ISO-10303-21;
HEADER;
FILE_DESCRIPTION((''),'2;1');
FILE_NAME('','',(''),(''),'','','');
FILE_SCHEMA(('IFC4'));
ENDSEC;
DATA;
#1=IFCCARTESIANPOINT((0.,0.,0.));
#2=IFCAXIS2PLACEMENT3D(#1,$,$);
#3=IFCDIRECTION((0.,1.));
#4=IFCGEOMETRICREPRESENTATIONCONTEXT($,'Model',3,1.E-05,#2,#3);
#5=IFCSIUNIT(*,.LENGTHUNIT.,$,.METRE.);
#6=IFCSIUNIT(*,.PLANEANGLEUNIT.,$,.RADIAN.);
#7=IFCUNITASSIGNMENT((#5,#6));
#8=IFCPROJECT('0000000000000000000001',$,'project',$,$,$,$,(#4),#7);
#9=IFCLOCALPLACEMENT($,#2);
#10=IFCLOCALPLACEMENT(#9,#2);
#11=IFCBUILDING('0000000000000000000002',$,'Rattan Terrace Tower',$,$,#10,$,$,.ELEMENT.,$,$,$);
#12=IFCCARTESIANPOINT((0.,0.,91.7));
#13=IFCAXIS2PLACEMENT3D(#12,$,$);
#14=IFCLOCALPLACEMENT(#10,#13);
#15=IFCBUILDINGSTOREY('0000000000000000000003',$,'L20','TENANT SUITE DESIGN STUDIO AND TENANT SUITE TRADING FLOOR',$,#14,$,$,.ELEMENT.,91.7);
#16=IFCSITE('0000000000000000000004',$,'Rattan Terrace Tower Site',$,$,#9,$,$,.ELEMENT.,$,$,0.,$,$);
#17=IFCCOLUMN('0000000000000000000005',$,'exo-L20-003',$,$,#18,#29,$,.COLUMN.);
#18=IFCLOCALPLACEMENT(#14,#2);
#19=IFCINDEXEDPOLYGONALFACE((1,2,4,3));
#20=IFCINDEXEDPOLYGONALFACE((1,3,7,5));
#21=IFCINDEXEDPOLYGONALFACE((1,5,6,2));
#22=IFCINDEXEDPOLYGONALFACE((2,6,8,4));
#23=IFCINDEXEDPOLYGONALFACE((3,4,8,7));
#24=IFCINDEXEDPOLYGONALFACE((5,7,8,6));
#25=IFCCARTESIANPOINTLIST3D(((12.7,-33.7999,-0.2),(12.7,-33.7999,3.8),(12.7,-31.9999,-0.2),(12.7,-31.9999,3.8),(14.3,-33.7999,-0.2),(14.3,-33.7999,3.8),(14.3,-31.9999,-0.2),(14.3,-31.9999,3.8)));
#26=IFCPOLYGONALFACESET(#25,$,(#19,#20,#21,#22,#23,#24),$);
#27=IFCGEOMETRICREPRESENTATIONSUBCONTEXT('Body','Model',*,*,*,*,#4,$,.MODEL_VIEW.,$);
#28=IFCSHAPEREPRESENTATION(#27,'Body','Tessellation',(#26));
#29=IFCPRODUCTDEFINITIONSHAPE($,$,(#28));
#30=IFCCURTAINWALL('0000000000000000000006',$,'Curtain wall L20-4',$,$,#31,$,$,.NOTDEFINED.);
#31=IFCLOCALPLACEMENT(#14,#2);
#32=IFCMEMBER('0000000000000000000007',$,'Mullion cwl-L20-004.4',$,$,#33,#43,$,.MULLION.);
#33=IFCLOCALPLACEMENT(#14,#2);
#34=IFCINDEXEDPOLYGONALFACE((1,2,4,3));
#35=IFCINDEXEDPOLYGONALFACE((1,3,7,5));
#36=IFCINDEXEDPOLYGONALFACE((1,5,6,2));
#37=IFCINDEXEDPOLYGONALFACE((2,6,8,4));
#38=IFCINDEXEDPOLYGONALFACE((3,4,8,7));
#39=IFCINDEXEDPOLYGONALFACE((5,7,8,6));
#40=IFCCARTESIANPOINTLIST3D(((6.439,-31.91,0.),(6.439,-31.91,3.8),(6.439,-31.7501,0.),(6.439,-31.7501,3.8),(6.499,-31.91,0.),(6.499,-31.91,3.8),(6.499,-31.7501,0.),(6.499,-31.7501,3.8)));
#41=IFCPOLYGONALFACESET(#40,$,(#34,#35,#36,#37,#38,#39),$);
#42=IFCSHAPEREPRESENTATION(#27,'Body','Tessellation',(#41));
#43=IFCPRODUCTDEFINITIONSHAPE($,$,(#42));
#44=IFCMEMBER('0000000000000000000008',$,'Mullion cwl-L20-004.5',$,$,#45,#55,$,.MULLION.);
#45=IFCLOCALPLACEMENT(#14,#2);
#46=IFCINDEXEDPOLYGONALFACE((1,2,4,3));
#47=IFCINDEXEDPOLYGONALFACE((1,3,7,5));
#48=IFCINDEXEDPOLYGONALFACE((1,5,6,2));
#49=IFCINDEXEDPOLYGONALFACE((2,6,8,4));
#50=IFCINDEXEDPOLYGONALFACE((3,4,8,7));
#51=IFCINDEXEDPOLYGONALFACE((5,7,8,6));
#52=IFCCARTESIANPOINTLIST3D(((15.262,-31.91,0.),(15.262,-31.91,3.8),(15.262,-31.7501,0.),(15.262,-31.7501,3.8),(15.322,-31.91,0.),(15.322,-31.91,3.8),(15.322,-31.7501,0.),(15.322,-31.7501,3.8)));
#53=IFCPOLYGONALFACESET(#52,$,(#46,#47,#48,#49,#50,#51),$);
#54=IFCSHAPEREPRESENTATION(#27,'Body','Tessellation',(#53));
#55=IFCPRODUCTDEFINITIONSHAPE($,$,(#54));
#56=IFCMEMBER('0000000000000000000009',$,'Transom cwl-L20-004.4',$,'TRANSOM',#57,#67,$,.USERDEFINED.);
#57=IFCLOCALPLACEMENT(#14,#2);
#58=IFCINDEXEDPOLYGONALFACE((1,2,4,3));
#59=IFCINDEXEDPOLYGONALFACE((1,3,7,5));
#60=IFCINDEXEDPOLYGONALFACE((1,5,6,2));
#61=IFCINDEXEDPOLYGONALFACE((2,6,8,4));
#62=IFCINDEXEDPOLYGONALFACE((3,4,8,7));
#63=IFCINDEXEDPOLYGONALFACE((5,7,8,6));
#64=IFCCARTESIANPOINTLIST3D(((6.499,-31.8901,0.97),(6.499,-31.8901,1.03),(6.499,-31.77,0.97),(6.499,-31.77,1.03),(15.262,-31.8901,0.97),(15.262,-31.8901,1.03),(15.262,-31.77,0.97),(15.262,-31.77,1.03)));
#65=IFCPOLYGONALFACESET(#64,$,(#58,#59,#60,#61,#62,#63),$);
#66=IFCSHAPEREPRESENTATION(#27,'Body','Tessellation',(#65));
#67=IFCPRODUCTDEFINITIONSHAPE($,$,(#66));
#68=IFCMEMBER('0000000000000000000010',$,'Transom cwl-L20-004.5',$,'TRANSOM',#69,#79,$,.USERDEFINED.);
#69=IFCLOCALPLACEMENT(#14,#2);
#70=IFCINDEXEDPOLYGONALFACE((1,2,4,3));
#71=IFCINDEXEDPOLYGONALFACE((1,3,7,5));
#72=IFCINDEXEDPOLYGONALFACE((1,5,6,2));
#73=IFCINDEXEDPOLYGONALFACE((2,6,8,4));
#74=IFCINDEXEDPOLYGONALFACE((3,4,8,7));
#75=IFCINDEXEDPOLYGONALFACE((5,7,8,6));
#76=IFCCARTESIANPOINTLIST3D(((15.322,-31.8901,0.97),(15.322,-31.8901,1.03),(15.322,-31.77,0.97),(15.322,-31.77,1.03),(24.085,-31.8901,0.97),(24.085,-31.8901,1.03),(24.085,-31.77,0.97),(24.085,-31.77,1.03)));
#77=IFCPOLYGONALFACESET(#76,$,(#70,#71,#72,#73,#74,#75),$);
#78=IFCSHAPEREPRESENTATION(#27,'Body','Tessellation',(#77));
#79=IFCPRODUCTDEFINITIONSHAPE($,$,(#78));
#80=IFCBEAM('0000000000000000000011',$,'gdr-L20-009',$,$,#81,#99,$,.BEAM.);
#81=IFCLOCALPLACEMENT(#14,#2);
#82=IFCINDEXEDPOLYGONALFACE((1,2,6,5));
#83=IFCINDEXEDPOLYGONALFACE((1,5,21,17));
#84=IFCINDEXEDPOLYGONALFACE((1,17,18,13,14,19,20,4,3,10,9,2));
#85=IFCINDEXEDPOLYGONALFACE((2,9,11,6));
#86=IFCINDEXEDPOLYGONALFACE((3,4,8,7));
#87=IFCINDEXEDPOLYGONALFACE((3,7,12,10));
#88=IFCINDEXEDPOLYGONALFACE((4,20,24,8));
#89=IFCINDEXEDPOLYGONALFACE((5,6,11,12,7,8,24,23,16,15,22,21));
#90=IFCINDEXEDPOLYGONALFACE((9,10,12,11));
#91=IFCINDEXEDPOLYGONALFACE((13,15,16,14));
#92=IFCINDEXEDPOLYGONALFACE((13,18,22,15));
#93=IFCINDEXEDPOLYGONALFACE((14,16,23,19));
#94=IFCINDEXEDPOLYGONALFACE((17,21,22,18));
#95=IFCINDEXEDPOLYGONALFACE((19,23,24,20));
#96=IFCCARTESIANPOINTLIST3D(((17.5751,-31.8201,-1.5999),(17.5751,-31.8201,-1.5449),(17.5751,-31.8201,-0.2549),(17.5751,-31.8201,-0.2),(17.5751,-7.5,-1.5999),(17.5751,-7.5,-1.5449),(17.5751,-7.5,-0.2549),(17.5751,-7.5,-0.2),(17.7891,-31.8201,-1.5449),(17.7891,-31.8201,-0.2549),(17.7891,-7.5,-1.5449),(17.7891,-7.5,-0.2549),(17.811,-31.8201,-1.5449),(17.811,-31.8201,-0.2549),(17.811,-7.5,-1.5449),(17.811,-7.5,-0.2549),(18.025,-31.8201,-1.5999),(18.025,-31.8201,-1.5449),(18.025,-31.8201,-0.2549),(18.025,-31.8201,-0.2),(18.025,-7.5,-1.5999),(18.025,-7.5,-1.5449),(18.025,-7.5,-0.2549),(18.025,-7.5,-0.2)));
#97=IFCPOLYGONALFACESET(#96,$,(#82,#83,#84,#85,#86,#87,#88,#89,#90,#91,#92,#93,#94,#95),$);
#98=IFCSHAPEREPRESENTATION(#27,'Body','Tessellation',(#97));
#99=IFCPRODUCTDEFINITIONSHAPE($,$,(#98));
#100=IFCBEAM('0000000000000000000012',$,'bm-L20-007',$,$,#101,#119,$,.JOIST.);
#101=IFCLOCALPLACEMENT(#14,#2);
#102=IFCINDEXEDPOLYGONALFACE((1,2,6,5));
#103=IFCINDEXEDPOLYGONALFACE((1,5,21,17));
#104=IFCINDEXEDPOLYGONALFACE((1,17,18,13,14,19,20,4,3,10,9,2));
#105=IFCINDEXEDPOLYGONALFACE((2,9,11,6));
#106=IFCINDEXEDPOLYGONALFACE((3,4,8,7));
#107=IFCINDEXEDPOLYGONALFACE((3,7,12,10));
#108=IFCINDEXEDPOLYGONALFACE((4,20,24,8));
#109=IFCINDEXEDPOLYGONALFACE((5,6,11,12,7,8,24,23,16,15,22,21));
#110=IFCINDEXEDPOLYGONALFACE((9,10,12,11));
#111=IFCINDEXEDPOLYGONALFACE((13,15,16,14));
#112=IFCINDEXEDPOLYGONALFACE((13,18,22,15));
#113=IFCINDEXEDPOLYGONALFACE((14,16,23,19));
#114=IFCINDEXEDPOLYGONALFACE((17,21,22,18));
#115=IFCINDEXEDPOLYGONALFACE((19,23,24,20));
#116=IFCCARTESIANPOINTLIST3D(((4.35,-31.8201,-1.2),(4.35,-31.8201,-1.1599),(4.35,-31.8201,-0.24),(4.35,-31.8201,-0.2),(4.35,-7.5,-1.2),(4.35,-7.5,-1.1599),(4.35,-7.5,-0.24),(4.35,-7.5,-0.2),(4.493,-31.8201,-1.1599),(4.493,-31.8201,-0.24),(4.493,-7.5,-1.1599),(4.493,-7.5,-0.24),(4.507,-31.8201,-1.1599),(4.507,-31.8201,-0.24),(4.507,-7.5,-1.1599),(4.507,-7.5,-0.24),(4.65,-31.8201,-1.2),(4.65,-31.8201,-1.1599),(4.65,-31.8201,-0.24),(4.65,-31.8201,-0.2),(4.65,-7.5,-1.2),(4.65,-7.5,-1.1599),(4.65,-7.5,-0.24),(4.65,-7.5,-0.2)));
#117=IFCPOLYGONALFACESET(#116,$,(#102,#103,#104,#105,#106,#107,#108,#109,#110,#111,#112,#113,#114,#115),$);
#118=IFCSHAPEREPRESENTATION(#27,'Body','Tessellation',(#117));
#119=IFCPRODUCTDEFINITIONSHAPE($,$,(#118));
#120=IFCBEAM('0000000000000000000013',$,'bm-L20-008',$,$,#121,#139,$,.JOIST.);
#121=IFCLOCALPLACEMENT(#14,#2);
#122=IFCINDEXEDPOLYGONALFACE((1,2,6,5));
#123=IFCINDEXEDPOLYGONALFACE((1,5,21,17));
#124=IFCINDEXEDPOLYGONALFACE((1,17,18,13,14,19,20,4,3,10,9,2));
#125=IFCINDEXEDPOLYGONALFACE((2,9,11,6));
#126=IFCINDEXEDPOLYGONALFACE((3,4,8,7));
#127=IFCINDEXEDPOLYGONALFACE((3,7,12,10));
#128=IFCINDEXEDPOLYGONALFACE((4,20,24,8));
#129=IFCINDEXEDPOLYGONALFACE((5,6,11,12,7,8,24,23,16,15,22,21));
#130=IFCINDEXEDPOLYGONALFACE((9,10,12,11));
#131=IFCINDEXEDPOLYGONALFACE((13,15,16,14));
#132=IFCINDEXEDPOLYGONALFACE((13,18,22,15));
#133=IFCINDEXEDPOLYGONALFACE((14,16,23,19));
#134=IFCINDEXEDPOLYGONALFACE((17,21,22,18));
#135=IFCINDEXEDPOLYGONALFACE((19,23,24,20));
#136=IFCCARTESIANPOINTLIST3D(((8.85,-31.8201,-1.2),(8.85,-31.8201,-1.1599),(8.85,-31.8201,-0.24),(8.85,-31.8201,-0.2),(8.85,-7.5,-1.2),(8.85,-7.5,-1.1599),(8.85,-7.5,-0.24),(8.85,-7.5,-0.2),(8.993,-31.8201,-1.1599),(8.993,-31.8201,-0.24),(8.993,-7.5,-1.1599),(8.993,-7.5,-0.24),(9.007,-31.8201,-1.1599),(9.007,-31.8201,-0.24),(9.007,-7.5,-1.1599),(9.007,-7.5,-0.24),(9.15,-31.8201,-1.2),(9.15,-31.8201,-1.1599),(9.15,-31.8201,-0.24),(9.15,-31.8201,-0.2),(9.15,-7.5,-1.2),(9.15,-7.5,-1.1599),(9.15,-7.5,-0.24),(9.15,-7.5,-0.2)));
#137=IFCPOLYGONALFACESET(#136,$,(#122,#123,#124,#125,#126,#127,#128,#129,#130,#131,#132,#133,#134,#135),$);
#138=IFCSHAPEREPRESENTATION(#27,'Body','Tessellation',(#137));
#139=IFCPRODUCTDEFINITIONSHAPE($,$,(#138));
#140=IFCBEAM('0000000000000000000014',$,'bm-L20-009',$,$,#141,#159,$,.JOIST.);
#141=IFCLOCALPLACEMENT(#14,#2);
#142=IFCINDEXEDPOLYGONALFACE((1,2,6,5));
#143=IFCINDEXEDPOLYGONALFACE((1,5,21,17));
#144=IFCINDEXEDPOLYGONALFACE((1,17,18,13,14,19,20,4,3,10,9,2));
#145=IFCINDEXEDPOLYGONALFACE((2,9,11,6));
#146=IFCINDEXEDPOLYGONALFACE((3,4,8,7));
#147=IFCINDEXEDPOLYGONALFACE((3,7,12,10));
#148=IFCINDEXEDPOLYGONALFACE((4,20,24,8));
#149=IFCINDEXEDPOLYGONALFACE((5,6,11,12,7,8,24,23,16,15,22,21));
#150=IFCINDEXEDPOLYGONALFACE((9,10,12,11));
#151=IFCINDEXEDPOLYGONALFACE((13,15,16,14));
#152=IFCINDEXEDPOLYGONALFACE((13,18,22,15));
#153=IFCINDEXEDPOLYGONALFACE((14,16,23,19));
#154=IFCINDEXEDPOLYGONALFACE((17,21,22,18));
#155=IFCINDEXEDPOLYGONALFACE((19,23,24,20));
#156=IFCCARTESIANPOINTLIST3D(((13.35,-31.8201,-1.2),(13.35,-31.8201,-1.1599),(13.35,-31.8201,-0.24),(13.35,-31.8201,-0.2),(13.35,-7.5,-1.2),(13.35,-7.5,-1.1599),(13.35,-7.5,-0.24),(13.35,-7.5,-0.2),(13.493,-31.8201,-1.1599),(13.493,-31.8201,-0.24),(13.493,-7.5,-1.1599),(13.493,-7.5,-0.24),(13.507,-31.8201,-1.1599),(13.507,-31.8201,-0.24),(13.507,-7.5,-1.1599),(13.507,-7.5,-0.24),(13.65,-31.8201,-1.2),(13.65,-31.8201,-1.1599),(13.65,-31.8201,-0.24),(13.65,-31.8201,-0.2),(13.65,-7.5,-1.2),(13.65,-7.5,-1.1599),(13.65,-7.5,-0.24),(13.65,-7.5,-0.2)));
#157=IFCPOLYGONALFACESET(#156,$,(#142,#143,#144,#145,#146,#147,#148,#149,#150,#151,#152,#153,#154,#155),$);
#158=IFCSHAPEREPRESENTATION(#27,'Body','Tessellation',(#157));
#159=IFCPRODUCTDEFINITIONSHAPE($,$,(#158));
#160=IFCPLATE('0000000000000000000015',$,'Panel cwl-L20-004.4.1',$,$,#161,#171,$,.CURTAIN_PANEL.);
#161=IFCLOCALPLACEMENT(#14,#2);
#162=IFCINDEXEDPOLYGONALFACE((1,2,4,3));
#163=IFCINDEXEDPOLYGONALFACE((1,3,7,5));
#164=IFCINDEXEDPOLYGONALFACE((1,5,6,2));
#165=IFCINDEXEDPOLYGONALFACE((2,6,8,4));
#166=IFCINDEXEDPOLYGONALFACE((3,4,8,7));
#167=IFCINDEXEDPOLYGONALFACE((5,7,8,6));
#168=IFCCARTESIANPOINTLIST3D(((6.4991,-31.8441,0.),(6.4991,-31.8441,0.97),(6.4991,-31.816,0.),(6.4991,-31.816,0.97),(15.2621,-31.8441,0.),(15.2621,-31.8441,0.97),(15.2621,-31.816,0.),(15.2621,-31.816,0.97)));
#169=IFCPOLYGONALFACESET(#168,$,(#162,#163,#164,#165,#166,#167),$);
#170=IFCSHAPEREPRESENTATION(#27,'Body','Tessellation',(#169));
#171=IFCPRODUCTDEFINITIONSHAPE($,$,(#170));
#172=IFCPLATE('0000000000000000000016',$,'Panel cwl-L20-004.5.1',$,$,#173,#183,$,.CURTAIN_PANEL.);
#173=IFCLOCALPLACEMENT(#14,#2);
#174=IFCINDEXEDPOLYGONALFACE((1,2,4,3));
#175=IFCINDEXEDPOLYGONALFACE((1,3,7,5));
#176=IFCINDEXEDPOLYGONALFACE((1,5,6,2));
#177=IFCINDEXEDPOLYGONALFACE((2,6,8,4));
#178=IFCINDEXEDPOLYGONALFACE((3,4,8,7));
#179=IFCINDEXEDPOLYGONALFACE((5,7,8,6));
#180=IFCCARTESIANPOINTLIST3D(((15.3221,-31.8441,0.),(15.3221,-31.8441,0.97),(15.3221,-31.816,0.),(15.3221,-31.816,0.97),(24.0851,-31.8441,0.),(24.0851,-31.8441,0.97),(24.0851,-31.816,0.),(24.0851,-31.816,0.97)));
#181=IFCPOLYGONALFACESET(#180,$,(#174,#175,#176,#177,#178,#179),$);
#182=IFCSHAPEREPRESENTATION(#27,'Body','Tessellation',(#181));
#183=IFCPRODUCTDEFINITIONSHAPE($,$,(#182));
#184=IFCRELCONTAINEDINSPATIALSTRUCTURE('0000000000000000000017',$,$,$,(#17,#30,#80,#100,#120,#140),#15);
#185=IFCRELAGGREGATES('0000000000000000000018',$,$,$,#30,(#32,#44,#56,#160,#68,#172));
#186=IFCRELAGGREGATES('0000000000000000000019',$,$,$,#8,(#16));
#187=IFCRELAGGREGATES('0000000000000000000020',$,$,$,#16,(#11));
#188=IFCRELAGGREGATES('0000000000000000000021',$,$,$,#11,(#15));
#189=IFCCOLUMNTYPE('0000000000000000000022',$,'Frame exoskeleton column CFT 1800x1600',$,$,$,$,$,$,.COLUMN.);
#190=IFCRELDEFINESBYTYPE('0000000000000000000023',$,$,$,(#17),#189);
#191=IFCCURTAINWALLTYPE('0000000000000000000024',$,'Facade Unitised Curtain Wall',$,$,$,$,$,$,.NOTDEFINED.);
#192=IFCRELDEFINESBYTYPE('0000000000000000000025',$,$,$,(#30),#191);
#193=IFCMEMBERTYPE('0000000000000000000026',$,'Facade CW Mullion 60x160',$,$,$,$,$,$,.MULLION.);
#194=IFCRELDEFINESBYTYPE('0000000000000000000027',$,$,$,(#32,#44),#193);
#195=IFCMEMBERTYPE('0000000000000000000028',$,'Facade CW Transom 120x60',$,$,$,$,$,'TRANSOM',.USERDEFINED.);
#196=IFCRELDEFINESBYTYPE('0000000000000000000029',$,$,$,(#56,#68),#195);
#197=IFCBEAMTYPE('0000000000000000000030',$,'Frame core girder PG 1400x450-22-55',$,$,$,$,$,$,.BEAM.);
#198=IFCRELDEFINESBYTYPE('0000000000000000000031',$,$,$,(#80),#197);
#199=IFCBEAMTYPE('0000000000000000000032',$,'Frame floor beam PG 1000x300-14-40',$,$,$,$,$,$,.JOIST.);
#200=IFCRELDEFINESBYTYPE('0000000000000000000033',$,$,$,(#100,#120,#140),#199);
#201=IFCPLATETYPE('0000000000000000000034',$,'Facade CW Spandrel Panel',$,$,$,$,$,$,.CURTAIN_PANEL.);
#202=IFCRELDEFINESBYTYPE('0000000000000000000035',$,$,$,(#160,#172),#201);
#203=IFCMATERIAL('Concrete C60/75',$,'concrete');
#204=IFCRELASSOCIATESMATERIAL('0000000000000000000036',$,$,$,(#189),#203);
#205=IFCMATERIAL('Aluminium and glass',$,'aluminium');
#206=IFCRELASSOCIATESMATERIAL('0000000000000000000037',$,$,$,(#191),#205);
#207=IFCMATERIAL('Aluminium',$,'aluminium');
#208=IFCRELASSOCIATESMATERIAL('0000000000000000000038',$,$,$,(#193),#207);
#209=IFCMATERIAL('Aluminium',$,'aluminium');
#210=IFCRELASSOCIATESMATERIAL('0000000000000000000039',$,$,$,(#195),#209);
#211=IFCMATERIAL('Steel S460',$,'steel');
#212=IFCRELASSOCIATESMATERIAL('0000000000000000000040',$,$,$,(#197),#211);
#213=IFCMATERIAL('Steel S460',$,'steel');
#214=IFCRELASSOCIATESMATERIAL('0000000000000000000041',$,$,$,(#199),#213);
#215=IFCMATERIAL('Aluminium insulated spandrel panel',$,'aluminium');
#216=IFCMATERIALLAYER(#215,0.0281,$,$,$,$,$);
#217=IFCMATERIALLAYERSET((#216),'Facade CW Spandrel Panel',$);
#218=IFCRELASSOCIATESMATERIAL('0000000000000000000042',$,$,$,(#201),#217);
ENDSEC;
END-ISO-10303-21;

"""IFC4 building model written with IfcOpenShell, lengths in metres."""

from ifc_helpers import new_model, si_unit, direction, frame, origin, origin_2d, place, context, subcontext, project, spatial, rectangle, i_section, extrude, material, layer, layer_set, material_profile, profile_set, type_object, element, aggregate, save


model = new_model("IFC4")

# Units and contexts
model_context = context("Model", 3, precision=1e-05, world=origin(), true_north=direction((0.0, 1.0)))
body_context = subcontext(model_context, "Body", "Model", "MODEL_VIEW")
ifc_project = project(units=[si_unit("LENGTHUNIT", "METRE"), si_unit("PLANEANGLEUNIT", "RADIAN")], contexts=[model_context])

# Site, building, storey
site_placement = place(None, origin())
site = spatial("IfcSite", under=ifc_project, at=site_placement, Name="Rattan Terrace Tower Site", CompositionType="ELEMENT", RefElevation=0.0)
building_placement = place(site_placement, origin())
building = spatial("IfcBuilding", under=site, at=building_placement, Name="Rattan Terrace Tower", CompositionType="ELEMENT")
storey_placement = place(building_placement, frame((0.0, 0.0, 91.7)))
storey = spatial("IfcBuildingStorey", under=building, at=storey_placement, Name="L20", Description="TENANT SUITE DESIGN STUDIO AND TENANT SUITE TRADING FLOOR", CompositionType="ELEMENT", Elevation=91.7)

# Column
ifc_material_1 = material(Name="Concrete C60/75", Category="concrete")
ifc_material_profile_1 = material_profile(ifc_material_1, rectangle(XDim=1.6001, YDim=1.8, at=origin_2d()), Name="CFT 1800x1600")
ifc_profile_set_1 = profile_set([ifc_material_profile_1], Name="Concrete C60/75")
column_type = type_object("IfcColumnType", Name="Frame exoskeleton column CFT 1800x1600", PredefinedType="COLUMN", material=ifc_profile_set_1)
column_placement = place(storey_placement, frame((13.5, -32.8999, -0.2), z_axis=(0.0, 0.0, 1.0), x_axis=(1.0, 0.0, 0.0)))
element("IfcColumn", 1, at=column_placement, inside=storey, type_object=column_type, Name="exo-L20-003", PredefinedType="COLUMN", context=body_context, shape_type="SweptSolid", body=[
    extrude(rectangle(XDim=1.6001, YDim=1.8, at=origin_2d()), origin(), (0.0, 0.0, 1.0), 4.0),
])

# Curtain wall, members
ifc_material_2 = material(Name="Aluminium and glass", Category="aluminium")
curtain_wall_type = type_object("IfcCurtainWallType", Name="Facade Unitised Curtain Wall", PredefinedType="NOTDEFINED", material=ifc_material_2)
curtain_wall_placement = place(storey_placement, origin())
curtain_wall = element("IfcCurtainWall", 2, at=curtain_wall_placement, inside=storey, type_object=curtain_wall_type, Name="Curtain wall L20-4", PredefinedType="NOTDEFINED")
ifc_material_3 = material(Name="Aluminium", Category="aluminium")
ifc_material_profile_2 = material_profile(ifc_material_3, rectangle(XDim=0.0601, YDim=0.1599, at=origin_2d()), Name="Aluminium 60x160")
ifc_profile_set_2 = profile_set([ifc_material_profile_2], Name="Aluminium")
member_type_1 = type_object("IfcMemberType", Name="Facade CW Mullion 60x160", PredefinedType="MULLION", material=ifc_profile_set_2)
member_1_placement = place(storey_placement, frame((6.469, -31.8301, 0.0), z_axis=(0.0, 0.0, 1.0), x_axis=(1.0, 0.0, 0.0)))
member_1 = element("IfcMember", 3, at=member_1_placement, type_object=member_type_1, Name="Mullion cwl-L20-004.4", PredefinedType="MULLION", context=body_context, shape_type="SweptSolid", body=[
    extrude(rectangle(XDim=0.0601, YDim=0.1599, at=origin_2d()), origin(), (0.0, 0.0, 1.0), 3.8),
])
member_2_placement = place(storey_placement, frame((15.292, -31.8301, 0.0), z_axis=(0.0, 0.0, 1.0), x_axis=(1.0, 0.0, 0.0)))
member_2 = element("IfcMember", 4, at=member_2_placement, type_object=member_type_1, Name="Mullion cwl-L20-004.5", PredefinedType="MULLION", context=body_context, shape_type="SweptSolid", body=[
    extrude(rectangle(XDim=0.0601, YDim=0.1599, at=origin_2d()), origin(), (0.0, 0.0, 1.0), 3.8),
])
ifc_material_4 = material(Name="Aluminium", Category="aluminium")
ifc_material_profile_3 = material_profile(ifc_material_4, rectangle(XDim=0.1201, YDim=0.0601, at=origin_2d()), Name="Aluminium 120x60")
ifc_profile_set_3 = profile_set([ifc_material_profile_3], Name="Aluminium")
member_type_2 = type_object("IfcMemberType", Name="Facade CW Transom 120x60", ElementType="TRANSOM", PredefinedType="USERDEFINED", material=ifc_profile_set_3)
member_3_placement = place(storey_placement, frame((6.499, -31.8301, 1.0), z_axis=(1.0, 0.0, 0.0), x_axis=(0.0, 1.0, 0.0)))
member_3 = element("IfcMember", 5, at=member_3_placement, type_object=member_type_2, Name="Transom cwl-L20-004.4", ObjectType="TRANSOM", PredefinedType="USERDEFINED", context=body_context, shape_type="SweptSolid", body=[
    extrude(rectangle(XDim=0.1201, YDim=0.0601, at=origin_2d()), origin(), (0.0, 0.0, 1.0), 8.7629),
])
member_4_placement = place(storey_placement, frame((15.322, -31.8301, 1.0), z_axis=(1.0, 0.0, 0.0), x_axis=(0.0, 1.0, 0.0)))
member_4 = element("IfcMember", 6, at=member_4_placement, type_object=member_type_2, Name="Transom cwl-L20-004.5", ObjectType="TRANSOM", PredefinedType="USERDEFINED", context=body_context, shape_type="SweptSolid", body=[
    extrude(rectangle(XDim=0.1201, YDim=0.0601, at=origin_2d()), origin(), (0.0, 0.0, 1.0), 8.7629),
])

# Beams
ifc_material_5 = material(Name="Steel S460", Category="steel")
ifc_material_profile_4 = material_profile(ifc_material_5, i_section(OverallWidth=0.45, OverallDepth=1.3999, WebThickness=0.022, FlangeThickness=0.0549, at=origin_2d()), Name="PG 1400x450-22-55")
ifc_profile_set_4 = profile_set([ifc_material_profile_4], Name="Steel S460")
beam_type_1 = type_object("IfcBeamType", Name="Frame core girder PG 1400x450-22-55", PredefinedType="BEAM", material=ifc_profile_set_4)
beam_placement = place(storey_placement, frame((17.8, -31.8201, -0.8999), z_axis=(0.0, 1.0, 0.0), x_axis=(-1.0, 0.0, 0.0)))
element("IfcBeam", 7, at=beam_placement, inside=storey, type_object=beam_type_1, Name="gdr-L20-009", PredefinedType="BEAM", context=body_context, shape_type="SweptSolid", body=[
    extrude(i_section(OverallWidth=0.45, OverallDepth=1.3999, WebThickness=0.022, FlangeThickness=0.0549, at=origin_2d()), origin(), (0.0, 0.0, 1.0), 24.3201),
])
ifc_material_6 = material(Name="Steel S460", Category="steel")
ifc_material_profile_5 = material_profile(ifc_material_6, i_section(OverallWidth=0.3, OverallDepth=1.0, WebThickness=0.0139, FlangeThickness=0.04, at=origin_2d()), Name="PG 1000x300-14-40")
ifc_profile_set_5 = profile_set([ifc_material_profile_5], Name="Steel S460")
beam_type_2 = type_object("IfcBeamType", Name="Frame floor beam PG 1000x300-14-40", PredefinedType="JOIST", material=ifc_profile_set_5)
for number, where, z_axis, x_axis, name in (
    (8, (4.5, -31.8201, -0.7), (0.0, 1.0, 0.0), (-1.0, 0.0, 0.0), "bm-L20-007"),
    (9, (9.0, -31.8201, -0.7), (0.0, 1.0, 0.0), (-1.0, 0.0, 0.0), "bm-L20-008"),
    (10, (13.5, -31.8201, -0.7), (0.0, 1.0, 0.0), (-1.0, 0.0, 0.0), "bm-L20-009"),
):
    element("IfcBeam", number, at=place(storey_placement, frame(where, z_axis=z_axis, x_axis=x_axis)), inside=storey, type_object=beam_type_2, Name=name, PredefinedType="JOIST", context=body_context, shape_type="SweptSolid", body=[
        extrude(i_section(OverallWidth=0.3, OverallDepth=1.0, WebThickness=0.0139, FlangeThickness=0.04, at=origin_2d()), origin(), (0.0, 0.0, 1.0), 24.3201),
    ])

# Plates
ifc_material_7 = material(Name="Aluminium insulated spandrel panel", Category="aluminium")
ifc_layer_1 = layer(ifc_material_7, 0.0281)
ifc_layer_set_1 = layer_set([ifc_layer_1], Name="Facade CW Spandrel Panel")
plate_type_1 = type_object("IfcPlateType", Name="Facade CW Spandrel Panel", PredefinedType="CURTAIN_PANEL", material=ifc_layer_set_1)
plate_1_placement = place(storey_placement, frame((10.8806, -31.8301, 0.0), z_axis=(0.0, 0.0, 1.0), x_axis=(1.0, 0.0, 0.0)))
plate_1 = element("IfcPlate", 11, at=plate_1_placement, type_object=plate_type_1, Name="Panel cwl-L20-004.4.1", PredefinedType="CURTAIN_PANEL", context=body_context, shape_type="SweptSolid", body=[
    extrude(rectangle(XDim=8.7629, YDim=0.0281, at=origin_2d()), origin(), (0.0, 0.0, 1.0), 0.97),
])
plate_2_placement = place(storey_placement, frame((19.7036, -31.8301, 0.0), z_axis=(0.0, 0.0, 1.0), x_axis=(1.0, 0.0, 0.0)))
plate_2 = element("IfcPlate", 12, at=plate_2_placement, type_object=plate_type_1, Name="Panel cwl-L20-004.5.1", PredefinedType="CURTAIN_PANEL", context=body_context, shape_type="SweptSolid", body=[
    extrude(rectangle(XDim=8.7629, YDim=0.0281, at=origin_2d()), origin(), (0.0, 0.0, 1.0), 0.97),
])
aggregate(curtain_wall, [member_1, member_2, member_3, plate_1, member_4, plate_2])

save(model, "model.ifc")
